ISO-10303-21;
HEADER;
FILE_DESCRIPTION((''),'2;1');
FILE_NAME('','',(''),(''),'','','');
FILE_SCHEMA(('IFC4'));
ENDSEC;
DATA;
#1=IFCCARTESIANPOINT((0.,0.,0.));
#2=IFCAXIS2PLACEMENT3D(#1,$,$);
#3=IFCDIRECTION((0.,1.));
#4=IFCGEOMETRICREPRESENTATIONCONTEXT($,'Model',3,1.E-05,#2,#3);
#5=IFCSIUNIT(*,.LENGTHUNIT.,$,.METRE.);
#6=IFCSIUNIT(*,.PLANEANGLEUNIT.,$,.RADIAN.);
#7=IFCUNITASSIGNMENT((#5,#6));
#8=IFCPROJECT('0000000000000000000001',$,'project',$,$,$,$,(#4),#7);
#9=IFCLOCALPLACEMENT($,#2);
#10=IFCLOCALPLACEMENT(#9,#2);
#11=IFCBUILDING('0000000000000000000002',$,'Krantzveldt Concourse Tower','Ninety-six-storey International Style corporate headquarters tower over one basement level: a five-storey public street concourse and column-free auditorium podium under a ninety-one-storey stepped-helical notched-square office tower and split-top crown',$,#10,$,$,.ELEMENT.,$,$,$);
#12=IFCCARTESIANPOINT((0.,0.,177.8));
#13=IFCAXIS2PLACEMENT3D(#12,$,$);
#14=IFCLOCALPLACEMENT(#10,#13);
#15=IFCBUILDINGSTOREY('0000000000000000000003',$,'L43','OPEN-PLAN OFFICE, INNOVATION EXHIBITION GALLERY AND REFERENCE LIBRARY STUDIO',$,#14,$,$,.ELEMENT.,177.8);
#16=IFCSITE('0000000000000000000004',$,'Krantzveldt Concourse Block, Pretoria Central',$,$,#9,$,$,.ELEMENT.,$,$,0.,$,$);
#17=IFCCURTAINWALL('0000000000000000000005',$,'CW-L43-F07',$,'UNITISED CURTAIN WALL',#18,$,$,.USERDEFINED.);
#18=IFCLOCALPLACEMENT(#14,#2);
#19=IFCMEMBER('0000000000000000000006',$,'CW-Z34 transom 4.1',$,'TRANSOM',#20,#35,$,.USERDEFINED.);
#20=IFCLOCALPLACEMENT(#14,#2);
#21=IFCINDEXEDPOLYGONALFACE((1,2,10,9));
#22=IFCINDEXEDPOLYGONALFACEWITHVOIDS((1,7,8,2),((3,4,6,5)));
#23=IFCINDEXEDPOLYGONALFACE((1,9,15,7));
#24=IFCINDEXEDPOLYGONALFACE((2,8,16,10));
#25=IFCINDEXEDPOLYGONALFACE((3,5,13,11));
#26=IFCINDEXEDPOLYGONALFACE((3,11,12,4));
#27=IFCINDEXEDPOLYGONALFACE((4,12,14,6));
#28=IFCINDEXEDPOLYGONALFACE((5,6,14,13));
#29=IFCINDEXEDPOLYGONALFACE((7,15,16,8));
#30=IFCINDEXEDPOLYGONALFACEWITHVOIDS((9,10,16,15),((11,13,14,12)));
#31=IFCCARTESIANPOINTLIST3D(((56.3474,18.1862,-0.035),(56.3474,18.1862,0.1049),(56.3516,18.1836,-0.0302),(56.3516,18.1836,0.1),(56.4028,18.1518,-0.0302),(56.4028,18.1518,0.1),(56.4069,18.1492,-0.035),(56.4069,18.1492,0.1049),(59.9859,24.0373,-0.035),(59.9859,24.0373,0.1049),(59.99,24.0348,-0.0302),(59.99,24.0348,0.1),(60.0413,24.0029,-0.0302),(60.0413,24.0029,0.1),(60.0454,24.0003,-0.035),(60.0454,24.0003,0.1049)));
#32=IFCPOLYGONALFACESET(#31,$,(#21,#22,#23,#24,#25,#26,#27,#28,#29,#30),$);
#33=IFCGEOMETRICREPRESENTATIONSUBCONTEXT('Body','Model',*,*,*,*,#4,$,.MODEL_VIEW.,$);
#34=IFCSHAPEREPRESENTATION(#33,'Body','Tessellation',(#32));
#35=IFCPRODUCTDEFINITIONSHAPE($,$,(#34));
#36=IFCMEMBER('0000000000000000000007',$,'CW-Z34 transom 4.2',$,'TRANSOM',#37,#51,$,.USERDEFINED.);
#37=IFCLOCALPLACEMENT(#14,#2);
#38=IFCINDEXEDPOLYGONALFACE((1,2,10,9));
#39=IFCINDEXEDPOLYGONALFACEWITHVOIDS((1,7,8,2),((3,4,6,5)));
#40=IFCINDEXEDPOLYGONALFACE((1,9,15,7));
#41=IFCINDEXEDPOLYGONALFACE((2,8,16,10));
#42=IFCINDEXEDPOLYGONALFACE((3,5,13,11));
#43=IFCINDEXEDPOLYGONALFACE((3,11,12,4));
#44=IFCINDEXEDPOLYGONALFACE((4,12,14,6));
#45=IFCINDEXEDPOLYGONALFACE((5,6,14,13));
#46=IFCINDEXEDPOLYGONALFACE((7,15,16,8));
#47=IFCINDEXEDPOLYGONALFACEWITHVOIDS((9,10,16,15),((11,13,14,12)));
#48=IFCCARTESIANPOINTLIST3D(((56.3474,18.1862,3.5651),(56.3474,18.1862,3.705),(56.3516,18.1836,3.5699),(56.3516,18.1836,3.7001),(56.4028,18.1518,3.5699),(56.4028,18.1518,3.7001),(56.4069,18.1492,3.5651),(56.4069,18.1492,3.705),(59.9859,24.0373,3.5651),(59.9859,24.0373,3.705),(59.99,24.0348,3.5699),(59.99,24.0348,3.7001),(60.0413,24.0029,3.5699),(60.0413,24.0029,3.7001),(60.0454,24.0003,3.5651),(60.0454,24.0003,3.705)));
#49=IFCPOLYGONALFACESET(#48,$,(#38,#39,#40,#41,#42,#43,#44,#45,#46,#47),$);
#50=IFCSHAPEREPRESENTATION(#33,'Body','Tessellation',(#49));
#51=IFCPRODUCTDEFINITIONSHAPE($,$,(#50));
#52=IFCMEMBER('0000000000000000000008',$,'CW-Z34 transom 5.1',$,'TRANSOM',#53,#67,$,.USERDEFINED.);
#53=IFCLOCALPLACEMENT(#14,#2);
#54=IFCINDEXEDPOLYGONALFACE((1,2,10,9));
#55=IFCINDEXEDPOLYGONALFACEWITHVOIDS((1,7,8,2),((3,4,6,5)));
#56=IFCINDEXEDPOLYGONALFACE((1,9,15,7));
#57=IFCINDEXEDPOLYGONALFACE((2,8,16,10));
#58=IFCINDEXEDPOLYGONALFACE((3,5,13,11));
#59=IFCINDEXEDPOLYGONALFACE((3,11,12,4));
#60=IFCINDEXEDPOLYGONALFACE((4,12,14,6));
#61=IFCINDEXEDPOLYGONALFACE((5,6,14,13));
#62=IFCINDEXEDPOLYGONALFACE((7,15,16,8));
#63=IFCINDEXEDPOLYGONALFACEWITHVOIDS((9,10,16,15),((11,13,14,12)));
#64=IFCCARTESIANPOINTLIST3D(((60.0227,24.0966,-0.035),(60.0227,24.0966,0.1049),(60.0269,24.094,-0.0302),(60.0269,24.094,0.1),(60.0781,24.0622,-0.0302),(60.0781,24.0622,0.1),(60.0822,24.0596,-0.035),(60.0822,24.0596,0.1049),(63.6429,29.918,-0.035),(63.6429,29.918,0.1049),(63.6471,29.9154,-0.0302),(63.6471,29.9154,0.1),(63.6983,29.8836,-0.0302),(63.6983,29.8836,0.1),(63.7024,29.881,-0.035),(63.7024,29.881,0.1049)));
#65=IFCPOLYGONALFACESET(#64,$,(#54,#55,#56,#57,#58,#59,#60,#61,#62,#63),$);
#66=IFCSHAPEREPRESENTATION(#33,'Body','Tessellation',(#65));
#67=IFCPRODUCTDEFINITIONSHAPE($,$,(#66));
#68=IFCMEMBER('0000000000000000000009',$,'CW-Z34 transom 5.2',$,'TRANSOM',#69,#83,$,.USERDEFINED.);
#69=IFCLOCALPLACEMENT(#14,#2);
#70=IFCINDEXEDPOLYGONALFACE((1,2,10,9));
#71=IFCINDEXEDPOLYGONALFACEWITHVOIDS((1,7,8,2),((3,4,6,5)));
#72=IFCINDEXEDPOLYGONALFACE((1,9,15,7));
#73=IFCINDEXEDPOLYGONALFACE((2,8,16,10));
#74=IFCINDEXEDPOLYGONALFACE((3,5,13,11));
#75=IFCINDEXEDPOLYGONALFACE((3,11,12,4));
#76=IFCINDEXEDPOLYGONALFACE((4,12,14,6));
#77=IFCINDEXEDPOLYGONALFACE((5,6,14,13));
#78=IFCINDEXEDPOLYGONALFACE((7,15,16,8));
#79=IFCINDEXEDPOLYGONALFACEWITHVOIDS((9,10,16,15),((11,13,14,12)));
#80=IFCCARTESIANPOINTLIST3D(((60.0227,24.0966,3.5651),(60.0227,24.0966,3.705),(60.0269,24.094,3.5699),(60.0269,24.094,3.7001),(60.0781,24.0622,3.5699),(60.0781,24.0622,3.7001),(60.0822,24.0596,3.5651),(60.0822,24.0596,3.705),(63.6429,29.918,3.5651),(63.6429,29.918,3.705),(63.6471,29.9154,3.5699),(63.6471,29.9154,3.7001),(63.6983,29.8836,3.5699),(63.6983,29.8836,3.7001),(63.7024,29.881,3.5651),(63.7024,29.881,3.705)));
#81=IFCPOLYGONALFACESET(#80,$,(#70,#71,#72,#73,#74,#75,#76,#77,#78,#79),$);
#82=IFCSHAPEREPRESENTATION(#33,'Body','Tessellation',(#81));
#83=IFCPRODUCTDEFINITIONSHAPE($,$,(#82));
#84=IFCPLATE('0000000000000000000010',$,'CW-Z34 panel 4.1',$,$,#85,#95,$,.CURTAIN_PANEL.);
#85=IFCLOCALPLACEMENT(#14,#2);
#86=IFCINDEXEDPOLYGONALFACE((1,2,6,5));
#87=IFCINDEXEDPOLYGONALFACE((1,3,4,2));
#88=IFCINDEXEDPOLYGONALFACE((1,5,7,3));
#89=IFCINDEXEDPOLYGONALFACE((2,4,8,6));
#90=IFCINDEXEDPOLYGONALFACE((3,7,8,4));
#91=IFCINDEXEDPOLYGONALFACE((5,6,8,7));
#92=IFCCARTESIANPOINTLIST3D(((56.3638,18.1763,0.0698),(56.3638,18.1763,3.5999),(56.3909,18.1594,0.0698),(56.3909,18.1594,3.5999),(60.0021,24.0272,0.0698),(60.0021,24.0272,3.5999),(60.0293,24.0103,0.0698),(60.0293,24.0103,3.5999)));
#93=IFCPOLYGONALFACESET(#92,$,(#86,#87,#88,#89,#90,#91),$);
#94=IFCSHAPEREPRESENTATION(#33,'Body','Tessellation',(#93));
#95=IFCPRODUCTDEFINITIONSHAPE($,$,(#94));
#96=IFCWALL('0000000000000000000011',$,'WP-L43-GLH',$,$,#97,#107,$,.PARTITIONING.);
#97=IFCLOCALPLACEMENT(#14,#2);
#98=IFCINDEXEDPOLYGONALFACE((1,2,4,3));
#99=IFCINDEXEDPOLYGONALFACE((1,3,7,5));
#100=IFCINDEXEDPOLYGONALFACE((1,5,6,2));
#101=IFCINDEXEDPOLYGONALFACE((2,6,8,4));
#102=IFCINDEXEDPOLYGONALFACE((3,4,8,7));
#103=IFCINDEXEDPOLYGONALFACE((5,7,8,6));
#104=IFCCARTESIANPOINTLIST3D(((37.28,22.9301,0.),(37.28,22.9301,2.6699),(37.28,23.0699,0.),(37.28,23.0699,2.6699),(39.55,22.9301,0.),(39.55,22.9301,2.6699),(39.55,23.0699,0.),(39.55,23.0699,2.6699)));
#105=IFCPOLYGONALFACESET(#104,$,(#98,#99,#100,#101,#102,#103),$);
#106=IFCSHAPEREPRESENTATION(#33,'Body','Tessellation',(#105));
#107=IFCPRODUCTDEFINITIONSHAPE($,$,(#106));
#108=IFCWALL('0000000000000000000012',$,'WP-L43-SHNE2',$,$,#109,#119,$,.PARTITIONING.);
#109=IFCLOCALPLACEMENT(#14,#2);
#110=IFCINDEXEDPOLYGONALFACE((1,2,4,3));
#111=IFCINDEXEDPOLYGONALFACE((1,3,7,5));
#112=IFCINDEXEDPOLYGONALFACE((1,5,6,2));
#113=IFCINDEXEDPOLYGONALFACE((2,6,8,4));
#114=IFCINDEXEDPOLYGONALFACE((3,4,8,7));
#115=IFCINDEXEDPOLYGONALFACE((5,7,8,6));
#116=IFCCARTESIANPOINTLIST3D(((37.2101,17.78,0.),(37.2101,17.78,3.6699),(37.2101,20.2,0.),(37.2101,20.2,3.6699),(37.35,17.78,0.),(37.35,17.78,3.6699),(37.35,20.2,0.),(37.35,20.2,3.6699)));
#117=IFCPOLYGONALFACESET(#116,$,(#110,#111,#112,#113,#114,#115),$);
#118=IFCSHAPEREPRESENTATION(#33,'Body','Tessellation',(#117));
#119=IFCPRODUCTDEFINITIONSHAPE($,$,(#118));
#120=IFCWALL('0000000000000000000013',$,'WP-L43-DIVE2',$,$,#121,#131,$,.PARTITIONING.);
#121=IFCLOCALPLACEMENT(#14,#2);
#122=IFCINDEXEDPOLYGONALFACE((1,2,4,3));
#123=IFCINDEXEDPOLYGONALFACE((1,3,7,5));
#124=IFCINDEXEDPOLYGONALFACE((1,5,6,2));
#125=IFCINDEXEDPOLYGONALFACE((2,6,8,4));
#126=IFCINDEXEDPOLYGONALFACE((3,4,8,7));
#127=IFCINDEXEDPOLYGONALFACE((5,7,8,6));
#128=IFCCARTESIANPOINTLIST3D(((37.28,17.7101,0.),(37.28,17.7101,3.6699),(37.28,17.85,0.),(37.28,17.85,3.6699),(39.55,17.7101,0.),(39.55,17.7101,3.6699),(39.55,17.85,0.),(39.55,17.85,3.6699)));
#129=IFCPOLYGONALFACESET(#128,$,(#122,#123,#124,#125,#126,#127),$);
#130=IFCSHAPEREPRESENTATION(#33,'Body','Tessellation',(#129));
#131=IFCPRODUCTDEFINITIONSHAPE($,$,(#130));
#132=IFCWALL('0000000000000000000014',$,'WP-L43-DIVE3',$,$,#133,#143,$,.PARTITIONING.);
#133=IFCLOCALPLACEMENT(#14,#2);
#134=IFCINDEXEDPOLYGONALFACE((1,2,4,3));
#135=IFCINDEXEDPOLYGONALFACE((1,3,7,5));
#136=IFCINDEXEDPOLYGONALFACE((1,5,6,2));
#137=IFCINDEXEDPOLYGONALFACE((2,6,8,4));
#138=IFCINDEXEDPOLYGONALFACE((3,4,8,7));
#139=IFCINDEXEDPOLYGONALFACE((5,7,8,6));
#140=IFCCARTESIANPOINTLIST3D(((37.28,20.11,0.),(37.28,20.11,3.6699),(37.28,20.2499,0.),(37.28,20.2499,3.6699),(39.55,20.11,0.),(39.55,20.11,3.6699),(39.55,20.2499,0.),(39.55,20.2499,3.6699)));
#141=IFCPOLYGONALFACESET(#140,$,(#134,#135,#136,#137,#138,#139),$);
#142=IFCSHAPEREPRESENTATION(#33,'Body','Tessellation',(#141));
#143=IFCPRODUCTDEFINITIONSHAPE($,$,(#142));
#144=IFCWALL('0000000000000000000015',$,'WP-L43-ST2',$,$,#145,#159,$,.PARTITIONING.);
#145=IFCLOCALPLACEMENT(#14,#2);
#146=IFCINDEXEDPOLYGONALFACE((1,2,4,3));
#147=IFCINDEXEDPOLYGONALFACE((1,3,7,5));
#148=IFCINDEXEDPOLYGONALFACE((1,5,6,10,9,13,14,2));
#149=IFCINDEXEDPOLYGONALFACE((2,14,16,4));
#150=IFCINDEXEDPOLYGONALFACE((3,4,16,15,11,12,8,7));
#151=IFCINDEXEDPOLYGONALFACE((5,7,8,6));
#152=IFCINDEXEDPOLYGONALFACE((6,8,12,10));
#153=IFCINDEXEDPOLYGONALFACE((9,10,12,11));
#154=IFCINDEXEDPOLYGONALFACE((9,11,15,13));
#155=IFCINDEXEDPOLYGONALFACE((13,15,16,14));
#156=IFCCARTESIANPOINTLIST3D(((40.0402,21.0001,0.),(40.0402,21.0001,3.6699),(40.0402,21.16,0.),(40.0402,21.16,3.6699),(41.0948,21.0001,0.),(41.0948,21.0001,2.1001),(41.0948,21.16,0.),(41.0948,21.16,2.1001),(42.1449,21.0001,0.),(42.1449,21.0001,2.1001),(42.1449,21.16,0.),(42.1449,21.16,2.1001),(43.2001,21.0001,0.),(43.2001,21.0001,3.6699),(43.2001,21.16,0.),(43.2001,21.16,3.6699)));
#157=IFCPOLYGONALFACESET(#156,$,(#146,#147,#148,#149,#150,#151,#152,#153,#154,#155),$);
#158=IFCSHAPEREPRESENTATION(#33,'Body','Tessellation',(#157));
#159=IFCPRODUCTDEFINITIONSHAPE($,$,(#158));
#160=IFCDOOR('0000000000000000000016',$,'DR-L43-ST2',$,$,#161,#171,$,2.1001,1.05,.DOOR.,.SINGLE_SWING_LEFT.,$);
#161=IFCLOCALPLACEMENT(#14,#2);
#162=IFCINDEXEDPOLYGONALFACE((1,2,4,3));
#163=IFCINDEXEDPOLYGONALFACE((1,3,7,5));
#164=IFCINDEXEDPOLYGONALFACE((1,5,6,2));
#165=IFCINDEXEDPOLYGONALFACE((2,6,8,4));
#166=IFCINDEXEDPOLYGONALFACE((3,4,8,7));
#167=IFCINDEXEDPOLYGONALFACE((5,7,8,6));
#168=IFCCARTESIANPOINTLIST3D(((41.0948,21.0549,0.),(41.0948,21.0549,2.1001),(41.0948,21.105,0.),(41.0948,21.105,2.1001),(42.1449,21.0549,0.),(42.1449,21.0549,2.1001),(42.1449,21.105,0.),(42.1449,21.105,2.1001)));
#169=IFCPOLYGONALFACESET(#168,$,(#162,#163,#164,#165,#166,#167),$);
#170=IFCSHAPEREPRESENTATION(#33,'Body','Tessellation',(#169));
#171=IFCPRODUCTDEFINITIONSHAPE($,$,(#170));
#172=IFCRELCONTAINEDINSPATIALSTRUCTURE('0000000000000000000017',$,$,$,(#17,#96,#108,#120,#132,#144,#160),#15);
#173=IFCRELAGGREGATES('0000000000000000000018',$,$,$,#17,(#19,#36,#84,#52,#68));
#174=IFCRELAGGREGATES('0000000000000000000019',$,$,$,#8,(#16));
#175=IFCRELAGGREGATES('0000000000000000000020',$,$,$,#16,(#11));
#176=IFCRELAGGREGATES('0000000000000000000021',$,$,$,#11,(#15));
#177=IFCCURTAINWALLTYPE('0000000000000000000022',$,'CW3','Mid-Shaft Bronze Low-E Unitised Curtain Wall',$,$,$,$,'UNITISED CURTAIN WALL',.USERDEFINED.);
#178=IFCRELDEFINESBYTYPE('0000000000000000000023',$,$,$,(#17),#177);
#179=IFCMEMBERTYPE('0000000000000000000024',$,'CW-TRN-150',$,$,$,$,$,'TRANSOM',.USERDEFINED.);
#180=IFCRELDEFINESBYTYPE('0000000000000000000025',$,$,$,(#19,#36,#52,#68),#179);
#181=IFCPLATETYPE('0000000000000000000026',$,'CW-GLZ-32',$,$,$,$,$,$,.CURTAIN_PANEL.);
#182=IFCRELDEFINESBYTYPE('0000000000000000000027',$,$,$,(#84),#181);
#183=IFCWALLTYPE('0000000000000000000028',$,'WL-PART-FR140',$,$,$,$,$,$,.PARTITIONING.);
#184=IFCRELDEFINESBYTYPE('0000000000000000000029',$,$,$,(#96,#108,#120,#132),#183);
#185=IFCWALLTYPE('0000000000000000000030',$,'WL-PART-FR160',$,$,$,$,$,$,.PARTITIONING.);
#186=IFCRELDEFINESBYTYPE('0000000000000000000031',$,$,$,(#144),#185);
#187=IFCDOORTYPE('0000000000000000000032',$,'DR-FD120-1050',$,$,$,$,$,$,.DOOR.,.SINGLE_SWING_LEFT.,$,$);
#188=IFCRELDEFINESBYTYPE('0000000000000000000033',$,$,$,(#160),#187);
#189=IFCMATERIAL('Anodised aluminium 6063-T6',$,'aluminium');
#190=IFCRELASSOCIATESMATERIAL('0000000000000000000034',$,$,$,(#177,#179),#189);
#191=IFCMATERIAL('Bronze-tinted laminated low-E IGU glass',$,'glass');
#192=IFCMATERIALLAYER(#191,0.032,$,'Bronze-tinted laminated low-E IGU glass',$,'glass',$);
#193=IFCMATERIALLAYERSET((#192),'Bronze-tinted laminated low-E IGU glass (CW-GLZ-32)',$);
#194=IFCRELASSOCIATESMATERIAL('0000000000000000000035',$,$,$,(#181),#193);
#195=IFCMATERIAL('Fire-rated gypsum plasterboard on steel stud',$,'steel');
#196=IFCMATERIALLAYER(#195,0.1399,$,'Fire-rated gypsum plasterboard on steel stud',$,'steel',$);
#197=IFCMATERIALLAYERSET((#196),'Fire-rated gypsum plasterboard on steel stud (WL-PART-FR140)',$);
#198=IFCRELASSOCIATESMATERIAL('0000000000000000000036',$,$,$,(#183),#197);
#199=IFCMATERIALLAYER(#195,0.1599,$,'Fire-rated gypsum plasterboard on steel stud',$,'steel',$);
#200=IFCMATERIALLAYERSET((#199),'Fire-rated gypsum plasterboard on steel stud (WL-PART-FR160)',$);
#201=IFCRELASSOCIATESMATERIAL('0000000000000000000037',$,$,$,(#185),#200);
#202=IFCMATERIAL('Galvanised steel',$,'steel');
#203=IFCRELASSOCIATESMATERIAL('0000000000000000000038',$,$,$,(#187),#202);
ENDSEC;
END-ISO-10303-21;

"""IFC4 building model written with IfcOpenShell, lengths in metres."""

from ifc_helpers import new_model, si_unit, direction, frame, frame_2d, origin, origin_2d, place, context, subcontext, project, spatial, rectangle, hollow_rectangle, extrude, source, transform, mapped, material, layer, layer_set, material_profile, profile_set, type_object, type_shapes, element, fill, aggregate, save


model = new_model("IFC4")

# Units and contexts
model_context = context("Model", 3, precision=1e-05, world=origin(), true_north=direction((0.0, 1.0)))
body_context = subcontext(model_context, "Body", "Model", "MODEL_VIEW")
ifc_project = project(units=[si_unit("LENGTHUNIT", "METRE"), si_unit("PLANEANGLEUNIT", "RADIAN")], contexts=[model_context])

# Site, building, storey
site_placement = place(None, origin())
site = spatial("IfcSite", under=ifc_project, at=site_placement, Name="Krantzveldt Concourse Block, Pretoria Central", CompositionType="ELEMENT", RefElevation=0.0)
building_placement = place(site_placement, origin())
building = spatial("IfcBuilding", under=site, at=building_placement, Name="Krantzveldt Concourse Tower", Description="Ninety-six-storey International Style corporate headquarters tower over one basement level: a five-storey public street concourse and column-free auditorium podium under a ninety-one-storey stepped-helical notched-square office tower and split-top crown", CompositionType="ELEMENT")
storey_placement = place(building_placement, frame((0.0, 0.0, 177.8)))
storey = spatial("IfcBuildingStorey", under=building, at=storey_placement, Name="L43", Description="OPEN-PLAN OFFICE, INNOVATION EXHIBITION GALLERY AND REFERENCE LIBRARY STUDIO", CompositionType="ELEMENT", Elevation=177.8)

# Curtain wall, members, plate
ifc_material_1 = material(Name="Anodised aluminium 6063-T6", Category="aluminium")
curtain_wall_type = type_object("IfcCurtainWallType", Name="CW3", Description="Mid-Shaft Bronze Low-E Unitised Curtain Wall", ElementType="UNITISED CURTAIN WALL", PredefinedType="USERDEFINED", material=ifc_material_1)
curtain_wall_placement = place(storey_placement, origin())
curtain_wall = element("IfcCurtainWall", 1, at=curtain_wall_placement, inside=storey, type_object=curtain_wall_type, Name="CW-L43-F07", ObjectType="UNITISED CURTAIN WALL", PredefinedType="USERDEFINED")
ifc_material_profile_1 = material_profile(ifc_material_1, hollow_rectangle(XDim=0.0701, YDim=0.1399, WallThickness=0.0049, at=origin_2d()), Name="Anodised aluminium 6063-T6", Category="aluminium")
ifc_profile_set_1 = profile_set([ifc_material_profile_1], Name="Anodised aluminium 6063-T6 - ALU-TRAN 140x70x5")
member_type_1 = type_object("IfcMemberType", Name="CW-TRN-150", ElementType="TRANSOM", PredefinedType="USERDEFINED", material=ifc_profile_set_1)
shared_shape_1 = source(origin(), body_context, "Body", "SweptSolid", [
    extrude(hollow_rectangle(XDim=0.0701, YDim=0.1399, WallThickness=0.0049, at=origin_2d()), origin(), (0.0, 0.0, 1.0), 6.8901),
])
member_1_placement = place(storey_placement, frame((56.3772, 18.1677, 0.0349), z_axis=(0.528067, 0.849202, 0.0), x_axis=(-0.849202, 0.528067, 0.0)))
member_1 = element("IfcMember", 2, at=member_1_placement, type_object=member_type_1, Name="CW-Z34 transom 4.1", ObjectType="TRANSOM", PredefinedType="USERDEFINED", context=body_context, shape_type="MappedRepresentation", body=[
    mapped(shared_shape_1, transform((0.0, 0.0, 0.0), x_axis=(1.0, 0.0, 0.0), y_axis=(0.0, 1.0, 0.0), z_axis=(0.0, 0.0, 1.0), scale=1.0)),
])
member_2_placement = place(storey_placement, frame((56.3772, 18.1677, 3.635), z_axis=(0.528067, 0.849202, 0.0), x_axis=(-0.849202, 0.528067, 0.0)))
member_2 = element("IfcMember", 3, at=member_2_placement, type_object=member_type_1, Name="CW-Z34 transom 4.2", ObjectType="TRANSOM", PredefinedType="USERDEFINED", context=body_context, shape_type="MappedRepresentation", body=[
    mapped(shared_shape_1, transform((0.0, 0.0, 0.0), x_axis=(1.0, 0.0, 0.0), y_axis=(0.0, 1.0, 0.0), z_axis=(0.0, 0.0, 1.0), scale=1.0)),
])
shared_shape_2 = source(origin(), body_context, "Body", "SweptSolid", [
    extrude(hollow_rectangle(XDim=0.0701, YDim=0.1399, WallThickness=0.0049, at=origin_2d()), origin(), (0.0, 0.0, 1.0), 6.8552),
])
type_shapes(member_type_1, [shared_shape_1, shared_shape_2])
member_3_placement = place(storey_placement, frame((60.0525, 24.0781, 0.0349), z_axis=(0.52809, 0.849189, 0.0), x_axis=(-0.849189, 0.52809, 0.0)))
member_3 = element("IfcMember", 4, at=member_3_placement, type_object=member_type_1, Name="CW-Z34 transom 5.1", ObjectType="TRANSOM", PredefinedType="USERDEFINED", context=body_context, shape_type="MappedRepresentation", body=[
    mapped(shared_shape_2, transform((0.0, 0.0, 0.0), x_axis=(1.0, 0.0, 0.0), y_axis=(0.0, 1.0, 0.0), z_axis=(0.0, 0.0, 1.0), scale=1.0)),
])
member_4_placement = place(storey_placement, frame((60.0525, 24.0781, 3.635), z_axis=(0.52809, 0.849189, 0.0), x_axis=(-0.849189, 0.52809, 0.0)))
member_4 = element("IfcMember", 5, at=member_4_placement, type_object=member_type_1, Name="CW-Z34 transom 5.2", ObjectType="TRANSOM", PredefinedType="USERDEFINED", context=body_context, shape_type="MappedRepresentation", body=[
    mapped(shared_shape_2, transform((0.0, 0.0, 0.0), x_axis=(1.0, 0.0, 0.0), y_axis=(0.0, 1.0, 0.0), z_axis=(0.0, 0.0, 1.0), scale=1.0)),
])
ifc_material_2 = material(Name="Bronze-tinted laminated low-E IGU glass", Category="glass")
ifc_layer_1 = layer(ifc_material_2, 0.032, Name="Bronze-tinted laminated low-E IGU glass", Category="glass")
ifc_layer_set_1 = layer_set([ifc_layer_1], Name="Bronze-tinted laminated low-E IGU glass (CW-GLZ-32)")
plate_type = type_object("IfcPlateType", Name="CW-GLZ-32", PredefinedType="CURTAIN_PANEL", material=ifc_layer_set_1)
shared_shape_3 = source(origin(), body_context, "Body", "SweptSolid", [
    extrude(rectangle(XDim=6.8899, YDim=0.032, at=origin_2d()), origin(), (0.0, 0.0, 1.0), 3.53),
])
type_shapes(plate_type, [shared_shape_3])
plate_placement = place(storey_placement, frame((58.1965, 21.0933, 0.0698), z_axis=(0.0, 0.0, 1.0), x_axis=(0.528068, 0.849202, 0.0)))
plate = element("IfcPlate", 6, at=plate_placement, type_object=plate_type, Name="CW-Z34 panel 4.1", PredefinedType="CURTAIN_PANEL", context=body_context, shape_type="MappedRepresentation", body=[
    mapped(shared_shape_3, transform((0.0, 0.0, 0.0), x_axis=(1.0, 0.0, 0.0), y_axis=(0.0, 1.0, 0.0), z_axis=(0.0, 0.0, 1.0), scale=1.0)),
])
aggregate(curtain_wall, [member_1, member_2, plate, member_3, member_4])

# Shared definitions
ifc_material_3 = material(Name="Fire-rated gypsum plasterboard on steel stud", Category="steel")
ifc_layer_2 = layer(ifc_material_3, 0.1399, Name="Fire-rated gypsum plasterboard on steel stud", Category="steel")
ifc_layer_set_2 = layer_set([ifc_layer_2], Name="Fire-rated gypsum plasterboard on steel stud (WL-PART-FR140)")
wall_type_1 = type_object("IfcWallType", Name="WL-PART-FR140", PredefinedType="PARTITIONING", material=ifc_layer_set_2)

# Walls
wall_1_placement = place(storey_placement, frame((37.28, 23.0, 0.0), z_axis=(0.0, 0.0, 1.0), x_axis=(1.0, 0.0, 0.0)))
element("IfcWall", 7, at=wall_1_placement, inside=storey, type_object=wall_type_1, Name="WP-L43-GLH", PredefinedType="PARTITIONING", context=body_context, shape_type="SweptSolid", body=[
    extrude(rectangle(XDim=2.27, YDim=0.1399, at=frame_2d((1.135, 0.0))), origin(), (0.0, 0.0, 1.0), 2.6699),
])
wall_2_placement = place(storey_placement, frame((37.28, 17.78, 0.0), z_axis=(0.0, 0.0, 1.0), x_axis=(0.0, 1.0, 0.0)))
element("IfcWall", 8, at=wall_2_placement, inside=storey, type_object=wall_type_1, Name="WP-L43-SHNE2", PredefinedType="PARTITIONING", context=body_context, shape_type="SweptSolid", body=[
    extrude(rectangle(XDim=2.4199, YDim=0.1399, at=frame_2d((1.21, 0.0))), origin(), (0.0, 0.0, 1.0), 3.6699),
])
for number, where, z_axis, x_axis, name in (
    (9, (37.28, 17.78, 0.0), (0.0, 0.0, 1.0), (1.0, 0.0, 0.0), "WP-L43-DIVE2"),
    (10, (37.28, 20.1799, 0.0), (0.0, 0.0, 1.0), (1.0, 0.0, 0.0), "WP-L43-DIVE3"),
):
    element("IfcWall", number, at=place(storey_placement, frame(where, z_axis=z_axis, x_axis=x_axis)), inside=storey, type_object=wall_type_1, Name=name, PredefinedType="PARTITIONING", context=body_context, shape_type="SweptSolid", body=[
        extrude(rectangle(XDim=2.27, YDim=0.1399, at=frame_2d((1.135, 0.0))), origin(), (0.0, 0.0, 1.0), 3.6699),
    ])

# Wall, opening, door
ifc_layer_3 = layer(ifc_material_3, 0.1599, Name="Fire-rated gypsum plasterboard on steel stud", Category="steel")
ifc_layer_set_3 = layer_set([ifc_layer_3], Name="Fire-rated gypsum plasterboard on steel stud (WL-PART-FR160)")
wall_type_2 = type_object("IfcWallType", Name="WL-PART-FR160", PredefinedType="PARTITIONING", material=ifc_layer_set_3)
wall_3_placement = place(storey_placement, frame((40.04, 21.0801, 0.0), z_axis=(0.0, 0.0, 1.0), x_axis=(1.0, 0.0, 0.0)))
wall_3 = element("IfcWall", 11, at=wall_3_placement, inside=storey, type_object=wall_type_2, Name="WP-L43-ST2", PredefinedType="PARTITIONING", context=body_context, shape_type="SweptSolid", body=[
    extrude(rectangle(XDim=3.1599, YDim=0.1599, at=frame_2d((1.5801, 0.0))), origin(), (0.0, 0.0, 1.0), 3.6699),
])
opening_1_placement = place(wall_3_placement, frame((1.0549, 0.0, 0.0)))
opening_1 = element("IfcOpeningElement", 12, at=opening_1_placement, cuts=wall_3, PredefinedType="OPENING", context=body_context, shape_type="SweptSolid", body=[
    extrude(rectangle(XDim=1.05, YDim=2.1001, at=frame_2d((0.5249, 1.05))), frame((0.0, 0.0898, 0.0), z_axis=(0.0, -1.0, 0.0), x_axis=(1.0, 0.0, 0.0)), (0.0, 0.0, 1.0), 0.1799),
])
ifc_material_4 = material(Name="Galvanised steel", Category="steel")
door_type_1 = type_object("IfcDoorType", Name="DR-FD120-1050", OperationType="SINGLE_SWING_LEFT", PredefinedType="DOOR", material=ifc_material_4)
door_1_placement = place(opening_1_placement, origin())
door_1 = element("IfcDoor", 13, at=door_1_placement, inside=storey, type_object=door_type_1, Name="DR-L43-ST2", OperationType="SINGLE_SWING_LEFT", OverallHeight=2.1001, OverallWidth=1.05, PredefinedType="DOOR", context=body_context, shape_type="SweptSolid", body=[
    extrude(rectangle(XDim=1.05, YDim=2.1001, at=frame_2d((0.5249, 1.05))), frame((0.0, 0.0249, 0.0), z_axis=(0.0, -1.0, 0.0), x_axis=(1.0, 0.0, 0.0)), (0.0, 0.0, 1.0), 0.05),
])
fill(opening_1, door_1)

save(model, "model.ifc")
